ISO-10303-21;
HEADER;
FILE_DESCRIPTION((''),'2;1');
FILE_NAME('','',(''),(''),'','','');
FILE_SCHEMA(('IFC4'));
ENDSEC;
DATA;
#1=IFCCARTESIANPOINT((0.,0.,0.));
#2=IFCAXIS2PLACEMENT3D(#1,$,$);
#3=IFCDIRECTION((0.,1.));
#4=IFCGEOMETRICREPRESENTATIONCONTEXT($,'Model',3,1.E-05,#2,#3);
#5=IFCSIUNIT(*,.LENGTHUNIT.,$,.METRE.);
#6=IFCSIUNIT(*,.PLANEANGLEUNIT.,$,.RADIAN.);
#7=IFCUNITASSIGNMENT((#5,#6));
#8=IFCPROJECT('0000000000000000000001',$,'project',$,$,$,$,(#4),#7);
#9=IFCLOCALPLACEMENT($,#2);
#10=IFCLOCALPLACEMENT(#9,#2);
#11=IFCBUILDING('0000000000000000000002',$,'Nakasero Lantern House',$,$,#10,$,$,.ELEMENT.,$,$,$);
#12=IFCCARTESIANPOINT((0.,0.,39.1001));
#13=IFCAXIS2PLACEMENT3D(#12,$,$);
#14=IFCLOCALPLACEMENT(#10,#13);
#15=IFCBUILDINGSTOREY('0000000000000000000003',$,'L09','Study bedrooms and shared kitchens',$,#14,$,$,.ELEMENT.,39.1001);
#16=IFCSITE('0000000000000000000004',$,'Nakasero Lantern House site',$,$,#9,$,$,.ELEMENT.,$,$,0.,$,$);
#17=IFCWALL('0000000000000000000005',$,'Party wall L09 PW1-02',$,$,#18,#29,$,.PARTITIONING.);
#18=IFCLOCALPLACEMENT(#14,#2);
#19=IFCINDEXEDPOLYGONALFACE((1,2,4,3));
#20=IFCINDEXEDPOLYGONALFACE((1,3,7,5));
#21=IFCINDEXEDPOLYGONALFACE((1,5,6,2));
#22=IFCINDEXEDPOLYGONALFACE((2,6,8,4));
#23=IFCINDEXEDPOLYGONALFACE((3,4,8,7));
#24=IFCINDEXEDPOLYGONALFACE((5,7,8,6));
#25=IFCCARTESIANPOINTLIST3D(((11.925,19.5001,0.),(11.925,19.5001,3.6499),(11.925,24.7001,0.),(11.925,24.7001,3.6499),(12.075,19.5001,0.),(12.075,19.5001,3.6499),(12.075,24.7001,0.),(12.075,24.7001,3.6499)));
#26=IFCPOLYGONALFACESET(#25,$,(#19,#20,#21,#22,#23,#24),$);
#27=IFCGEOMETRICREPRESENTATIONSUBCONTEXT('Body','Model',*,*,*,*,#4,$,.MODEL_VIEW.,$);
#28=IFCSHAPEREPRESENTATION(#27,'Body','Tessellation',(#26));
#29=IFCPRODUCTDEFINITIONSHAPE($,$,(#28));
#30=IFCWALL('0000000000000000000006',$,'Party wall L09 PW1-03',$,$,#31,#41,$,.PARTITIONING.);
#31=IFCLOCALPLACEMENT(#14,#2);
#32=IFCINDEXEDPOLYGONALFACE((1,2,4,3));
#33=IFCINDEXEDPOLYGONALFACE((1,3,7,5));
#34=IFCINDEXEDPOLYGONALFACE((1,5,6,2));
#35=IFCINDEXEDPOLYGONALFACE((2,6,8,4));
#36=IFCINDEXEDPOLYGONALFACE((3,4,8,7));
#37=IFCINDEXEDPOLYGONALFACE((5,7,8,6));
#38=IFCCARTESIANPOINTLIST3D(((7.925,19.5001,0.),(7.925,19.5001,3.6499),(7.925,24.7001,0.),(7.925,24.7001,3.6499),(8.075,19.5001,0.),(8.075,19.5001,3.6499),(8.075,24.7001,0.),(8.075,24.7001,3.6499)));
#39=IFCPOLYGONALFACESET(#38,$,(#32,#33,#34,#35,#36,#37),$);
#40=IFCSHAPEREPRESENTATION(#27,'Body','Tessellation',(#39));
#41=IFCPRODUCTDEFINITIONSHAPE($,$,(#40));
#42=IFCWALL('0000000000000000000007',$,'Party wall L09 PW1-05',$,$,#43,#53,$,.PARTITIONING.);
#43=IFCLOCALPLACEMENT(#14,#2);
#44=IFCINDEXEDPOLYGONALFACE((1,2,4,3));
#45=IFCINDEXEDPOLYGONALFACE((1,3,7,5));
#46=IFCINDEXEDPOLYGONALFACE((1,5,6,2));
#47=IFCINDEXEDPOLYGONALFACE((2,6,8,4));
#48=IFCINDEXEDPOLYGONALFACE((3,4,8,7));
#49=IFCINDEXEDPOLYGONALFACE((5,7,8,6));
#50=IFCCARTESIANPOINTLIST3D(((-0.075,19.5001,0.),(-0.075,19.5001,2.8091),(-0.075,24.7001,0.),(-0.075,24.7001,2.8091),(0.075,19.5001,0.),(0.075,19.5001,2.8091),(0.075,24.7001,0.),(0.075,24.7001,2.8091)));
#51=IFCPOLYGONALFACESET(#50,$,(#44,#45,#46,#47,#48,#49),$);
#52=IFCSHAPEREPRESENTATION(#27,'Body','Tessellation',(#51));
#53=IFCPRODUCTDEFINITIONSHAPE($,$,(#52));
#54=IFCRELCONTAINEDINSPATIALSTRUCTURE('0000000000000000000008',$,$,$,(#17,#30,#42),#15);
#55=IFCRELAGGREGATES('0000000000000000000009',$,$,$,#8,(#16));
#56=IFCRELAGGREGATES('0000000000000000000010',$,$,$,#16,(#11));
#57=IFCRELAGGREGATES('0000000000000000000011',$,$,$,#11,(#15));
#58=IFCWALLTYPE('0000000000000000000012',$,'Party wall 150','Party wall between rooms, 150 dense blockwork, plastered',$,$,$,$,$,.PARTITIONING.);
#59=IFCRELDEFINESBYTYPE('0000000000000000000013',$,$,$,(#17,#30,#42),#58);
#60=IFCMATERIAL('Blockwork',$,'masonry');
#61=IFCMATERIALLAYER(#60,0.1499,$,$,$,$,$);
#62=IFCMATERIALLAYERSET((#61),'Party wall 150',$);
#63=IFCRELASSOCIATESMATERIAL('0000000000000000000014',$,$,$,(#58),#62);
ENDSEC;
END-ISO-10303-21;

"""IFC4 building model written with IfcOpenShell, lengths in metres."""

from ifc_helpers import new_model, si_unit, direction, frame, frame_2d, origin, place, context, subcontext, project, spatial, rectangle, extrude, material, layer, layer_set, type_object, element, save


model = new_model("IFC4")

# Units and contexts
model_context = context("Model", 3, precision=1e-05, world=origin(), true_north=direction((0.0, 1.0)))
body_context = subcontext(model_context, "Body", "Model", "MODEL_VIEW")
ifc_project = project(units=[si_unit("LENGTHUNIT", "METRE"), si_unit("PLANEANGLEUNIT", "RADIAN")], contexts=[model_context])

# Site, building, storey
site_placement = place(None, origin())
site = spatial("IfcSite", under=ifc_project, at=site_placement, Name="Nakasero Lantern House site", CompositionType="ELEMENT", RefElevation=0.0)
building_placement = place(site_placement, origin())
building = spatial("IfcBuilding", under=site, at=building_placement, Name="Nakasero Lantern House", CompositionType="ELEMENT")
storey_placement = place(building_placement, frame((0.0, 0.0, 39.1001)))
storey = spatial("IfcBuildingStorey", under=building, at=storey_placement, Name="L09", Description="Study bedrooms and shared kitchens", CompositionType="ELEMENT", Elevation=39.1001)

# Walls
ifc_material_1 = material(Name="Blockwork", Category="masonry")
ifc_layer_1 = layer(ifc_material_1, 0.1499)
ifc_layer_set_1 = layer_set([ifc_layer_1], Name="Party wall 150")
wall_type_1 = type_object("IfcWallType", Name="Party wall 150", Description="Party wall between rooms, 150 dense blockwork, plastered", PredefinedType="PARTITIONING", material=ifc_layer_set_1)
for number, where, z_axis, x_axis, name in (
    (1, (12.0, 19.5, 0.0), (0.0, 0.0, 1.0), (0.0, 1.0, 0.0), "Party wall L09 PW1-02"),
    (2, (8.0, 19.5, 0.0), (0.0, 0.0, 1.0), (0.0, 1.0, 0.0), "Party wall L09 PW1-03"),
):
    element("IfcWall", number, at=place(storey_placement, frame(where, z_axis=z_axis, x_axis=x_axis)), inside=storey, type_object=wall_type_1, Name=name, PredefinedType="PARTITIONING", context=body_context, shape_type="SweptSolid", body=[
        extrude(rectangle(XDim=5.2, YDim=0.1499, at=frame_2d((2.6001, 0.0))), origin(), (0.0, 0.0, 1.0), 3.6499),
    ])
wall_1_placement = place(storey_placement, frame((0.0, 19.5, 0.0), z_axis=(0.0, 0.0, 1.0), x_axis=(0.0, 1.0, 0.0)))
element("IfcWall", 3, at=wall_1_placement, inside=storey, type_object=wall_type_1, Name="Party wall L09 PW1-05", PredefinedType="PARTITIONING", context=body_context, shape_type="SweptSolid", body=[
    extrude(rectangle(XDim=5.2, YDim=0.1499, at=frame_2d((2.6001, 0.0))), origin(), (0.0, 0.0, 1.0), 2.8091),
])

save(model, "model.ifc")
